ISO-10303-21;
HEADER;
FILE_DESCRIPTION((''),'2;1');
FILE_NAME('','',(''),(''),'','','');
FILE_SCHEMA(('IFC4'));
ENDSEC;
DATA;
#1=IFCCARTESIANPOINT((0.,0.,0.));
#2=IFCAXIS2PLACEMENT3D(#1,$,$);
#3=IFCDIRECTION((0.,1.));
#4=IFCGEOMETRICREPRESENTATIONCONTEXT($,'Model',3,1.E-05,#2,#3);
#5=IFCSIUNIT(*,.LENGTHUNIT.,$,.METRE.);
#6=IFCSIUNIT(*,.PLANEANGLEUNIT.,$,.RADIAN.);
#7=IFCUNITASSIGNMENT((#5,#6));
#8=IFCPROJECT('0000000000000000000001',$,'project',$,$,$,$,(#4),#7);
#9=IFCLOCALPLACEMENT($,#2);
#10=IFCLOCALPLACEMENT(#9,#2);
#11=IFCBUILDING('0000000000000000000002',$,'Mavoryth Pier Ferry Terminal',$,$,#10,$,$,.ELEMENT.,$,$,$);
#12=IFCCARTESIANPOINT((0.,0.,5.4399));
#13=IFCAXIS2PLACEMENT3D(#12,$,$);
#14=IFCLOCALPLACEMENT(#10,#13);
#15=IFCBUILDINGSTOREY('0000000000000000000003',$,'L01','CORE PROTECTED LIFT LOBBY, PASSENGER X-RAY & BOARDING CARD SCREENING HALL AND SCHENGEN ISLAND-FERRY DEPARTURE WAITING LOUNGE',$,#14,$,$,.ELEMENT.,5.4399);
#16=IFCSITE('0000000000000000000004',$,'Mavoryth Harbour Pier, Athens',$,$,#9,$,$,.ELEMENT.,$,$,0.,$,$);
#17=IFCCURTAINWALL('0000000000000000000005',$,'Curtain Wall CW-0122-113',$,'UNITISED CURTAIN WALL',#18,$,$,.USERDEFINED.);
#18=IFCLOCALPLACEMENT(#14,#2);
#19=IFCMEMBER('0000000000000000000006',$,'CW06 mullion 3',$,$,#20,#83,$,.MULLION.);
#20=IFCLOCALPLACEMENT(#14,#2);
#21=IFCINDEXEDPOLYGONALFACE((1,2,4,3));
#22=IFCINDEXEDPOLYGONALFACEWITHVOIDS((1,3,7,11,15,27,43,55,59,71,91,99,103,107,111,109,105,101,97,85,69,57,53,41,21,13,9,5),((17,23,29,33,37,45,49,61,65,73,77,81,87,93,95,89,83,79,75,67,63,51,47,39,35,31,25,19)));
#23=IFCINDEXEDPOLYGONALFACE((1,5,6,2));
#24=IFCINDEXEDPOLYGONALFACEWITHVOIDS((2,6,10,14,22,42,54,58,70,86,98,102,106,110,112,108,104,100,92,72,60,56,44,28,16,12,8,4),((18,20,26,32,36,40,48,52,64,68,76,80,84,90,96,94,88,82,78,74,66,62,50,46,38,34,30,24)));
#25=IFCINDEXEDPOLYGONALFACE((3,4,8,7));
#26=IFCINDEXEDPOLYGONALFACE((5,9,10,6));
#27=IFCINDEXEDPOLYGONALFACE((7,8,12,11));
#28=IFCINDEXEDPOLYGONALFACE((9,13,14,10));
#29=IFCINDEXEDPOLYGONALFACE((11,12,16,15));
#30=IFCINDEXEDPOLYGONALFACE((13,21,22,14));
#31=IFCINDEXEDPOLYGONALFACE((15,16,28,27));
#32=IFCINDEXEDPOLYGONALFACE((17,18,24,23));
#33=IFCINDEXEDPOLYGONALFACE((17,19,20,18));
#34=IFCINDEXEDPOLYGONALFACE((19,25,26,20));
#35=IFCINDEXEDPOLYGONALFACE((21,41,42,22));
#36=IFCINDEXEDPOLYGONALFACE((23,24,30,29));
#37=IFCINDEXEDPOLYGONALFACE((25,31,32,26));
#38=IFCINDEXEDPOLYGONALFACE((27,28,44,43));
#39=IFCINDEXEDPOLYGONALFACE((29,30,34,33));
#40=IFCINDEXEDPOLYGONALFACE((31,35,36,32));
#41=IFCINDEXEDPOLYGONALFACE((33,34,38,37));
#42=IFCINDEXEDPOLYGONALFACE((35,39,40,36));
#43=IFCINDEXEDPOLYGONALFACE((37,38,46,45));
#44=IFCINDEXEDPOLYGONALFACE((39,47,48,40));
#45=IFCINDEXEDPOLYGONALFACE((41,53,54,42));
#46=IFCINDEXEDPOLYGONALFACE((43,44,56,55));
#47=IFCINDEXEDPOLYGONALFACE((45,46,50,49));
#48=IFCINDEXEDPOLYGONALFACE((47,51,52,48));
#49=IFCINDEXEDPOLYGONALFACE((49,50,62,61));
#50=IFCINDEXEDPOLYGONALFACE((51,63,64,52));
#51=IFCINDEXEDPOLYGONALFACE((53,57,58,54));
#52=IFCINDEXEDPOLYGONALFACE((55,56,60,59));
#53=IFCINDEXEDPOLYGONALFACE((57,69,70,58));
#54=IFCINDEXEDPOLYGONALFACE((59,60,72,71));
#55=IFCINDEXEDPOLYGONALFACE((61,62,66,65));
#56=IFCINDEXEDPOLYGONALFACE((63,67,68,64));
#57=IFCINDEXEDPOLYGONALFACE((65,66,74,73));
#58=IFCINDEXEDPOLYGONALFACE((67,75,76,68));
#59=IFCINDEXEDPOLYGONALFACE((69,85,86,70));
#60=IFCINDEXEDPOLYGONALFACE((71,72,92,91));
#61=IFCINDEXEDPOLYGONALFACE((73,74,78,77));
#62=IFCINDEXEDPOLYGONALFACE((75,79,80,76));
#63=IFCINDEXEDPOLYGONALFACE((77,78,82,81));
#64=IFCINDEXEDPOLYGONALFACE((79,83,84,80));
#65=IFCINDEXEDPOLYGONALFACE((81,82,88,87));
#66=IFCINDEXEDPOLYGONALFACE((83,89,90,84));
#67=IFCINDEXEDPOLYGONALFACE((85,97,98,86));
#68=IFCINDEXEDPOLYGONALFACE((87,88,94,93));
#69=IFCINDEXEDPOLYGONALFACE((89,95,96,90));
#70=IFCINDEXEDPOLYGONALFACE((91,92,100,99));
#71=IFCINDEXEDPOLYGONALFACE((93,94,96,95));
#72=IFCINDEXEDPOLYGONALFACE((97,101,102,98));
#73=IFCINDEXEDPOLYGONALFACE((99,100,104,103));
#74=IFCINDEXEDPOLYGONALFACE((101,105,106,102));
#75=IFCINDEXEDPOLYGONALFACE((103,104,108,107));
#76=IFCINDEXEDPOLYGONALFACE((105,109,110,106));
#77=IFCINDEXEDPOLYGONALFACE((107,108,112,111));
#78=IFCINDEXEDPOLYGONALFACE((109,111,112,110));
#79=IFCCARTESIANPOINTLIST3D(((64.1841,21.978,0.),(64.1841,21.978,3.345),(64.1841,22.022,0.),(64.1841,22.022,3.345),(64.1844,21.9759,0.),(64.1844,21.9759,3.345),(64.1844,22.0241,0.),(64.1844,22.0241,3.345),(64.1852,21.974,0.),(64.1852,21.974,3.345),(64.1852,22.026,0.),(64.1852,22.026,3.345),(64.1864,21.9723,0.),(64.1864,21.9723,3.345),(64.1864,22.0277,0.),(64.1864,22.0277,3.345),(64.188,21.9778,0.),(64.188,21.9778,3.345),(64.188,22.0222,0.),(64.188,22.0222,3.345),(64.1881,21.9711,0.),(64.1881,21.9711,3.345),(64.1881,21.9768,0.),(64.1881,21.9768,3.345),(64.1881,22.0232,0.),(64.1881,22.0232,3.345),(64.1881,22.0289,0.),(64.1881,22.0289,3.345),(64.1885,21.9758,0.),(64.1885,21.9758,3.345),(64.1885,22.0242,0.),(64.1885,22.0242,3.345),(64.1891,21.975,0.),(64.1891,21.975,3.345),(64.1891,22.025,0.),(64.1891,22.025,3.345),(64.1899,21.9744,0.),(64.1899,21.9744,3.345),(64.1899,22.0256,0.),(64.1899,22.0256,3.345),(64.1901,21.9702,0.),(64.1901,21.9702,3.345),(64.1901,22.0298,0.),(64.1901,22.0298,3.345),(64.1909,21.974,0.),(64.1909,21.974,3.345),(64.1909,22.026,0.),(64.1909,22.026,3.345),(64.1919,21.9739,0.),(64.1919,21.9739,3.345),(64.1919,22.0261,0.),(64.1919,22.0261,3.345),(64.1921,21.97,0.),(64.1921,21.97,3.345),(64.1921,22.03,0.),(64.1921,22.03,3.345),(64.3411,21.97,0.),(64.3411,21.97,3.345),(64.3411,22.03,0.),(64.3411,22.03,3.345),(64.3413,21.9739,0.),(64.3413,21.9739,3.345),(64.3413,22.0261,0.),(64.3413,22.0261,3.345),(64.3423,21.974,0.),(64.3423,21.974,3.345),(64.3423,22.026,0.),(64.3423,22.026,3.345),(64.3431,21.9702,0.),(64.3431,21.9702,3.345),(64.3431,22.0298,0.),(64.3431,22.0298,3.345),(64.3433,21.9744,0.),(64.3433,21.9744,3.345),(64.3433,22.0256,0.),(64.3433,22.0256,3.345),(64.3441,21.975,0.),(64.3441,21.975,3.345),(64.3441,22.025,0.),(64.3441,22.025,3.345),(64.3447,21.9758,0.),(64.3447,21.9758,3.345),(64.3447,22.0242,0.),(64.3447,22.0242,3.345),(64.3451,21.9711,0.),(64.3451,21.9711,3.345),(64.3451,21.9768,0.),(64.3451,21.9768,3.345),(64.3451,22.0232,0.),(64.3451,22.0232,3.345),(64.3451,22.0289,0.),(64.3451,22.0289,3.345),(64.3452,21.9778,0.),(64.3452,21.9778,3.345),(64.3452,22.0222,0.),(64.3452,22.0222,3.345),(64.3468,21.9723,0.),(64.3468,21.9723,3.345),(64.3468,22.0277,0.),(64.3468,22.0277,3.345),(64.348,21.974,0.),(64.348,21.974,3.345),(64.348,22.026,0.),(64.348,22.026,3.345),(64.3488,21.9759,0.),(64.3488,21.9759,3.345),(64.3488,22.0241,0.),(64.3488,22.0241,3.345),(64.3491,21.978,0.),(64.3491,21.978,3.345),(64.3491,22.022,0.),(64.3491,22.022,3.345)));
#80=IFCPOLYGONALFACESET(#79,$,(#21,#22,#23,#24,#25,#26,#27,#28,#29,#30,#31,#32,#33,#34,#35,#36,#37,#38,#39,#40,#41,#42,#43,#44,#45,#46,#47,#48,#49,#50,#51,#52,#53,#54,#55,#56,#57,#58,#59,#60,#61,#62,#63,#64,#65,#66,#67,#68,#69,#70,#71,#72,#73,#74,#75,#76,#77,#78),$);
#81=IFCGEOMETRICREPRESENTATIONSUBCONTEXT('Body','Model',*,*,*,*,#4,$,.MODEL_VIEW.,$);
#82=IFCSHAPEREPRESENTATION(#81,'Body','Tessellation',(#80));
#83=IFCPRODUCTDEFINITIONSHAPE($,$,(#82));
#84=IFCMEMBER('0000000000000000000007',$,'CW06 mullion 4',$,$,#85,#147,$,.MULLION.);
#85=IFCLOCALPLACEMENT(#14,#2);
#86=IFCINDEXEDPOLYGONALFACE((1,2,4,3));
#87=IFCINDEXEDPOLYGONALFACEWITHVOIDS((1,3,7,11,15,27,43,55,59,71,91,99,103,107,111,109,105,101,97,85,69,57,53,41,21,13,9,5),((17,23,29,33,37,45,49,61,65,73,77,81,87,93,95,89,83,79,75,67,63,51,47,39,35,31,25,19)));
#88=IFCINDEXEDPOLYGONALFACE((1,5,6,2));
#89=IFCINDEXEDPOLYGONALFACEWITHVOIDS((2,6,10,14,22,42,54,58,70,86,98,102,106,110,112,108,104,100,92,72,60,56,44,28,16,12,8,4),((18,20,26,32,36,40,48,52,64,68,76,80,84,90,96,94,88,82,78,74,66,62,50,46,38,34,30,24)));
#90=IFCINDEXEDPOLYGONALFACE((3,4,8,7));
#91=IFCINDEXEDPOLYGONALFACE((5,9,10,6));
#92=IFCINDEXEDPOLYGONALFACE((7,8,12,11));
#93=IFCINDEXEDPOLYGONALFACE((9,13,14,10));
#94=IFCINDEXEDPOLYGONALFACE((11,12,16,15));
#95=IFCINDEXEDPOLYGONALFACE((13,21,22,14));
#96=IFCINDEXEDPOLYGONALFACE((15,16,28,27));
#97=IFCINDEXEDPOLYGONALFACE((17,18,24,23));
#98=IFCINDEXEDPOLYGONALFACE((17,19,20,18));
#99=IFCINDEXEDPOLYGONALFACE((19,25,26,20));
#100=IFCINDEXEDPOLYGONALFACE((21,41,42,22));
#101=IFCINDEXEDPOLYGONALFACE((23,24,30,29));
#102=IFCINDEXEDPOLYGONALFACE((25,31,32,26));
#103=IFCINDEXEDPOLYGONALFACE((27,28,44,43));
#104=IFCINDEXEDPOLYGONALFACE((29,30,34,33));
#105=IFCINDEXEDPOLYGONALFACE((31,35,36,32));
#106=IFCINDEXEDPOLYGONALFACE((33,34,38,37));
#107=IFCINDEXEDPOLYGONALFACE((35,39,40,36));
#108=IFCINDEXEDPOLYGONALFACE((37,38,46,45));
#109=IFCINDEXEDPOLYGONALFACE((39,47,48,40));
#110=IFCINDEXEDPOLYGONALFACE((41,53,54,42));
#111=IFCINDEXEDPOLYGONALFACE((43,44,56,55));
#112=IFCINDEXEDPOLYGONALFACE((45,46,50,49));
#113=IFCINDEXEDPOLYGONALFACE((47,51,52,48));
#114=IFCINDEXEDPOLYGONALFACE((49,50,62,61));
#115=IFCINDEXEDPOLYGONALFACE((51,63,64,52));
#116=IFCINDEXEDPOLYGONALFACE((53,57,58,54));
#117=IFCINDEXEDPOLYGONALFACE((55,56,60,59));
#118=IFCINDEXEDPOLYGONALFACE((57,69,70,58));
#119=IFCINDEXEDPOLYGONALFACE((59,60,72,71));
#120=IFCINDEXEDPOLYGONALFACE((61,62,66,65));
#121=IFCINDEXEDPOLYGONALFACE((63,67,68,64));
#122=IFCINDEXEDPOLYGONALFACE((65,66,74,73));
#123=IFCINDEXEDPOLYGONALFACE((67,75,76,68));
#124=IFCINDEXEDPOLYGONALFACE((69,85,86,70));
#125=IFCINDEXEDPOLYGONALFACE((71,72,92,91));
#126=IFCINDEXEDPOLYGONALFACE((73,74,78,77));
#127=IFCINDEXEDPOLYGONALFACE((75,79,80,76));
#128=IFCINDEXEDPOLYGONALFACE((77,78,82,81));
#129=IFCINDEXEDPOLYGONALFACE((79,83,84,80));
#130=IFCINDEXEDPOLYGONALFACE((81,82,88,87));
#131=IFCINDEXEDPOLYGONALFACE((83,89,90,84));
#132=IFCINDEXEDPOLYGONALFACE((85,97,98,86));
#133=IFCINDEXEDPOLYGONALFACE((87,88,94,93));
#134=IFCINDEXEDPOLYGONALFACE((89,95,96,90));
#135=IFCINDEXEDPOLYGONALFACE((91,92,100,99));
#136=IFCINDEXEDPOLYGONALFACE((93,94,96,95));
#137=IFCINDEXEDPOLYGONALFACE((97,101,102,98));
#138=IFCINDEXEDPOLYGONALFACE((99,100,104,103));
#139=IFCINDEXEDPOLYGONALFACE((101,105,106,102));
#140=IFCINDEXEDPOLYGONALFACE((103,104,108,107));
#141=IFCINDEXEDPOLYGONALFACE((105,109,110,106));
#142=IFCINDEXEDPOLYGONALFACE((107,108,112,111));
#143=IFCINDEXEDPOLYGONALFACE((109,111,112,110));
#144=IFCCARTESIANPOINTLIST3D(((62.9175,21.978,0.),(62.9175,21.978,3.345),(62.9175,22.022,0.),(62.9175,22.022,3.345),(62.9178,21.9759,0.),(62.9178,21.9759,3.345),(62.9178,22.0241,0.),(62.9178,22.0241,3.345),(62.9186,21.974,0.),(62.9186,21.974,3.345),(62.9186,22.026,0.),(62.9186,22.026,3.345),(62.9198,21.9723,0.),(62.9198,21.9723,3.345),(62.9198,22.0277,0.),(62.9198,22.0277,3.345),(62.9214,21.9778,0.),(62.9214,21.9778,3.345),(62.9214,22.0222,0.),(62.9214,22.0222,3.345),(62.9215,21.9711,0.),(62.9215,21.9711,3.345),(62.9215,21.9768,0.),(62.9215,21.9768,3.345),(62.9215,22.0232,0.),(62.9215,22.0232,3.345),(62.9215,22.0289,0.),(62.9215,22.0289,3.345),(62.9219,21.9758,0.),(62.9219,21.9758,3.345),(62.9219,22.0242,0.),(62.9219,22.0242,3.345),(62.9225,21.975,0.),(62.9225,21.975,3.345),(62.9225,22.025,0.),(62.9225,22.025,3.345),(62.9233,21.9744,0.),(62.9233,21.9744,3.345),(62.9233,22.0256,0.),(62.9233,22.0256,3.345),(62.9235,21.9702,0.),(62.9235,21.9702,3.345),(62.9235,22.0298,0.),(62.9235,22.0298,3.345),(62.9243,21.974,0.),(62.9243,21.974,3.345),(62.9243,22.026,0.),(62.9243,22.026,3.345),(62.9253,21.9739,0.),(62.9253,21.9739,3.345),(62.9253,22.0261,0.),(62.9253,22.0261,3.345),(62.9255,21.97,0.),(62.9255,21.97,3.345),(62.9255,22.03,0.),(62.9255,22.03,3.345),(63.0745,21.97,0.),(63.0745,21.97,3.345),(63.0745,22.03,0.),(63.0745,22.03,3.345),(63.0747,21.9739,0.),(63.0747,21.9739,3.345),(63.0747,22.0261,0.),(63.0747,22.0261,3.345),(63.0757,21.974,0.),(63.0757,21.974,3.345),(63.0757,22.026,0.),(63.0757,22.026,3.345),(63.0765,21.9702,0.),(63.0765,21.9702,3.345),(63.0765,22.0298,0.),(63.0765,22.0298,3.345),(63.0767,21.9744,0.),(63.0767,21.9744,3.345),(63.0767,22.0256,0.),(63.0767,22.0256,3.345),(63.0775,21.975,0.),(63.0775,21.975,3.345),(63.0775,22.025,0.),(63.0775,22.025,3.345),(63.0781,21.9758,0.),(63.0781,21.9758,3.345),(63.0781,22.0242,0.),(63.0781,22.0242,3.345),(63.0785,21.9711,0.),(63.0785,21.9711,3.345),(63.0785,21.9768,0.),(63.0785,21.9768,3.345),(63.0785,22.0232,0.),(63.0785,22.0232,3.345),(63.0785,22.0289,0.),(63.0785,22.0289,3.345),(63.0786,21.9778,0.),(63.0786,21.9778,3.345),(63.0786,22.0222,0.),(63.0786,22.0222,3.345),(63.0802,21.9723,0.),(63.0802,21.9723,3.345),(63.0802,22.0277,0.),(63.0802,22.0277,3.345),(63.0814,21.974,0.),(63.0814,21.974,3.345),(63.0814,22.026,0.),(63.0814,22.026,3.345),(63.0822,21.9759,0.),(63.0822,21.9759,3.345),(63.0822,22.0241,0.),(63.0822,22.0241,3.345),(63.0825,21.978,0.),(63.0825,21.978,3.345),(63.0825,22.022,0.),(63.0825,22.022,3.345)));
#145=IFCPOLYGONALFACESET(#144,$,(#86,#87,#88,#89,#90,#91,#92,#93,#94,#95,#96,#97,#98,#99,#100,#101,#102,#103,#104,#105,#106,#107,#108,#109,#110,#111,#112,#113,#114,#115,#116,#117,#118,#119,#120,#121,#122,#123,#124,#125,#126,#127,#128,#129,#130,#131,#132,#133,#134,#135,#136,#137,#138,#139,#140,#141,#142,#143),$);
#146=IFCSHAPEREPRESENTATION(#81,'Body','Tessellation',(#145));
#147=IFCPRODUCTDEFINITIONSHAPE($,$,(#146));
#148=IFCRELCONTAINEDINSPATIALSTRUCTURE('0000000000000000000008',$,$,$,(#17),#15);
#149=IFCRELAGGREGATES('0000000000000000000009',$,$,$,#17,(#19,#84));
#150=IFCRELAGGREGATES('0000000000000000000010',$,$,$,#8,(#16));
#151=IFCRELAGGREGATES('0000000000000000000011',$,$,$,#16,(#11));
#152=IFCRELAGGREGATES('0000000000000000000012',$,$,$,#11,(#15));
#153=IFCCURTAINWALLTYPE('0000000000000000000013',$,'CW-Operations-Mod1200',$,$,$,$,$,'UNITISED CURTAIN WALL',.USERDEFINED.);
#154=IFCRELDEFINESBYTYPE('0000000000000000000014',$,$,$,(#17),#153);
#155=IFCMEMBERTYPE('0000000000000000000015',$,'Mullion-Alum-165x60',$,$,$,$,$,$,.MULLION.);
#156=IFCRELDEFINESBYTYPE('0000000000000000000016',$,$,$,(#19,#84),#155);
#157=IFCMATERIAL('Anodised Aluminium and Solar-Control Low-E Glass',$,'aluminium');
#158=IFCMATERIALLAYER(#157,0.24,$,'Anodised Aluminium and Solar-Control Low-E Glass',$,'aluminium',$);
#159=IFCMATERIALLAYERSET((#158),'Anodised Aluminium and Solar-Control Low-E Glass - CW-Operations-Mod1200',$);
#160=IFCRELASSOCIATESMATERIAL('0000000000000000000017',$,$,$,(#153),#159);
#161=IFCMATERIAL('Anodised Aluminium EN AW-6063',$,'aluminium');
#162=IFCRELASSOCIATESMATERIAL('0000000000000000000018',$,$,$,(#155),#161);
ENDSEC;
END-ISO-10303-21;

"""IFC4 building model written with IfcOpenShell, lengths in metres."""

from ifc_helpers import new_model, si_unit, direction, frame, origin, origin_2d, place, context, subcontext, project, spatial, hollow_rectangle, extrude, material, layer, layer_set, material_profile, profile_set, type_object, element, aggregate, save


model = new_model("IFC4")

# Units and contexts
model_context = context("Model", 3, precision=1e-05, world=origin(), true_north=direction((0.0, 1.0)))
body_context = subcontext(model_context, "Body", "Model", "MODEL_VIEW")
ifc_project = project(units=[si_unit("LENGTHUNIT", "METRE"), si_unit("PLANEANGLEUNIT", "RADIAN")], contexts=[model_context])

# Site, building, storey
site_placement = place(None, origin())
site = spatial("IfcSite", under=ifc_project, at=site_placement, Name="Mavoryth Harbour Pier, Athens", CompositionType="ELEMENT", RefElevation=0.0)
building_placement = place(site_placement, origin())
building = spatial("IfcBuilding", under=site, at=building_placement, Name="Mavoryth Pier Ferry Terminal", CompositionType="ELEMENT")
storey_placement = place(building_placement, frame((0.0, 0.0, 5.4399)))
storey = spatial("IfcBuildingStorey", under=building, at=storey_placement, Name="L01", Description="CORE PROTECTED LIFT LOBBY, PASSENGER X-RAY & BOARDING CARD SCREENING HALL AND SCHENGEN ISLAND-FERRY DEPARTURE WAITING LOUNGE", CompositionType="ELEMENT", Elevation=5.4399)

# Curtain wall, members
ifc_material_1 = material(Name="Anodised Aluminium and Solar-Control Low-E Glass", Category="aluminium")
ifc_layer_1 = layer(ifc_material_1, 0.24, Name="Anodised Aluminium and Solar-Control Low-E Glass", Category="aluminium")
ifc_layer_set_1 = layer_set([ifc_layer_1], Name="Anodised Aluminium and Solar-Control Low-E Glass - CW-Operations-Mod1200")
curtain_wall_type = type_object("IfcCurtainWallType", Name="CW-Operations-Mod1200", ElementType="UNITISED CURTAIN WALL", PredefinedType="USERDEFINED", material=ifc_layer_set_1)
curtain_wall_placement = place(storey_placement, origin())
curtain_wall = element("IfcCurtainWall", 1, at=curtain_wall_placement, inside=storey, type_object=curtain_wall_type, Name="Curtain Wall CW-0122-113", ObjectType="UNITISED CURTAIN WALL", PredefinedType="USERDEFINED")
ifc_material_2 = material(Name="Anodised Aluminium EN AW-6063", Category="aluminium")
ifc_material_profile_1 = material_profile(ifc_material_2, hollow_rectangle(XDim=0.0601, YDim=0.165, WallThickness=0.0039, InnerFilletRadius=0.0039, OuterFilletRadius=0.0081, at=origin_2d()), Name="AL-MULL 165x60x4", Category="aluminium")
ifc_profile_set_1 = profile_set([ifc_material_profile_1], Name="Anodised Aluminium EN AW-6063 - AL-MULL 165x60x4")
member_type_1 = type_object("IfcMemberType", Name="Mullion-Alum-165x60", PredefinedType="MULLION", material=ifc_profile_set_1)
member_1_placement = place(storey_placement, frame((64.2666, 22.0, 0.0), z_axis=(0.0, 0.0, 1.0), x_axis=(0.0, -1.0, 0.0)))
member_1 = element("IfcMember", 2, at=member_1_placement, type_object=member_type_1, Name="CW06 mullion 3", PredefinedType="MULLION", context=body_context, shape_type="SweptSolid", body=[
    extrude(hollow_rectangle(XDim=0.0601, YDim=0.165, WallThickness=0.0039, InnerFilletRadius=0.0039, OuterFilletRadius=0.0081, at=origin_2d()), origin(), (0.0, 0.0, 1.0), 3.345),
])
member_2_placement = place(storey_placement, frame((63.0, 22.0, 0.0), z_axis=(0.0, 0.0, 1.0), x_axis=(0.0, -1.0, 0.0)))
member_2 = element("IfcMember", 3, at=member_2_placement, type_object=member_type_1, Name="CW06 mullion 4", PredefinedType="MULLION", context=body_context, shape_type="SweptSolid", body=[
    extrude(hollow_rectangle(XDim=0.0601, YDim=0.165, WallThickness=0.0039, InnerFilletRadius=0.0039, OuterFilletRadius=0.0081, at=origin_2d()), origin(), (0.0, 0.0, 1.0), 3.345),
])
aggregate(curtain_wall, [member_1, member_2])

save(model, "model.ifc")
